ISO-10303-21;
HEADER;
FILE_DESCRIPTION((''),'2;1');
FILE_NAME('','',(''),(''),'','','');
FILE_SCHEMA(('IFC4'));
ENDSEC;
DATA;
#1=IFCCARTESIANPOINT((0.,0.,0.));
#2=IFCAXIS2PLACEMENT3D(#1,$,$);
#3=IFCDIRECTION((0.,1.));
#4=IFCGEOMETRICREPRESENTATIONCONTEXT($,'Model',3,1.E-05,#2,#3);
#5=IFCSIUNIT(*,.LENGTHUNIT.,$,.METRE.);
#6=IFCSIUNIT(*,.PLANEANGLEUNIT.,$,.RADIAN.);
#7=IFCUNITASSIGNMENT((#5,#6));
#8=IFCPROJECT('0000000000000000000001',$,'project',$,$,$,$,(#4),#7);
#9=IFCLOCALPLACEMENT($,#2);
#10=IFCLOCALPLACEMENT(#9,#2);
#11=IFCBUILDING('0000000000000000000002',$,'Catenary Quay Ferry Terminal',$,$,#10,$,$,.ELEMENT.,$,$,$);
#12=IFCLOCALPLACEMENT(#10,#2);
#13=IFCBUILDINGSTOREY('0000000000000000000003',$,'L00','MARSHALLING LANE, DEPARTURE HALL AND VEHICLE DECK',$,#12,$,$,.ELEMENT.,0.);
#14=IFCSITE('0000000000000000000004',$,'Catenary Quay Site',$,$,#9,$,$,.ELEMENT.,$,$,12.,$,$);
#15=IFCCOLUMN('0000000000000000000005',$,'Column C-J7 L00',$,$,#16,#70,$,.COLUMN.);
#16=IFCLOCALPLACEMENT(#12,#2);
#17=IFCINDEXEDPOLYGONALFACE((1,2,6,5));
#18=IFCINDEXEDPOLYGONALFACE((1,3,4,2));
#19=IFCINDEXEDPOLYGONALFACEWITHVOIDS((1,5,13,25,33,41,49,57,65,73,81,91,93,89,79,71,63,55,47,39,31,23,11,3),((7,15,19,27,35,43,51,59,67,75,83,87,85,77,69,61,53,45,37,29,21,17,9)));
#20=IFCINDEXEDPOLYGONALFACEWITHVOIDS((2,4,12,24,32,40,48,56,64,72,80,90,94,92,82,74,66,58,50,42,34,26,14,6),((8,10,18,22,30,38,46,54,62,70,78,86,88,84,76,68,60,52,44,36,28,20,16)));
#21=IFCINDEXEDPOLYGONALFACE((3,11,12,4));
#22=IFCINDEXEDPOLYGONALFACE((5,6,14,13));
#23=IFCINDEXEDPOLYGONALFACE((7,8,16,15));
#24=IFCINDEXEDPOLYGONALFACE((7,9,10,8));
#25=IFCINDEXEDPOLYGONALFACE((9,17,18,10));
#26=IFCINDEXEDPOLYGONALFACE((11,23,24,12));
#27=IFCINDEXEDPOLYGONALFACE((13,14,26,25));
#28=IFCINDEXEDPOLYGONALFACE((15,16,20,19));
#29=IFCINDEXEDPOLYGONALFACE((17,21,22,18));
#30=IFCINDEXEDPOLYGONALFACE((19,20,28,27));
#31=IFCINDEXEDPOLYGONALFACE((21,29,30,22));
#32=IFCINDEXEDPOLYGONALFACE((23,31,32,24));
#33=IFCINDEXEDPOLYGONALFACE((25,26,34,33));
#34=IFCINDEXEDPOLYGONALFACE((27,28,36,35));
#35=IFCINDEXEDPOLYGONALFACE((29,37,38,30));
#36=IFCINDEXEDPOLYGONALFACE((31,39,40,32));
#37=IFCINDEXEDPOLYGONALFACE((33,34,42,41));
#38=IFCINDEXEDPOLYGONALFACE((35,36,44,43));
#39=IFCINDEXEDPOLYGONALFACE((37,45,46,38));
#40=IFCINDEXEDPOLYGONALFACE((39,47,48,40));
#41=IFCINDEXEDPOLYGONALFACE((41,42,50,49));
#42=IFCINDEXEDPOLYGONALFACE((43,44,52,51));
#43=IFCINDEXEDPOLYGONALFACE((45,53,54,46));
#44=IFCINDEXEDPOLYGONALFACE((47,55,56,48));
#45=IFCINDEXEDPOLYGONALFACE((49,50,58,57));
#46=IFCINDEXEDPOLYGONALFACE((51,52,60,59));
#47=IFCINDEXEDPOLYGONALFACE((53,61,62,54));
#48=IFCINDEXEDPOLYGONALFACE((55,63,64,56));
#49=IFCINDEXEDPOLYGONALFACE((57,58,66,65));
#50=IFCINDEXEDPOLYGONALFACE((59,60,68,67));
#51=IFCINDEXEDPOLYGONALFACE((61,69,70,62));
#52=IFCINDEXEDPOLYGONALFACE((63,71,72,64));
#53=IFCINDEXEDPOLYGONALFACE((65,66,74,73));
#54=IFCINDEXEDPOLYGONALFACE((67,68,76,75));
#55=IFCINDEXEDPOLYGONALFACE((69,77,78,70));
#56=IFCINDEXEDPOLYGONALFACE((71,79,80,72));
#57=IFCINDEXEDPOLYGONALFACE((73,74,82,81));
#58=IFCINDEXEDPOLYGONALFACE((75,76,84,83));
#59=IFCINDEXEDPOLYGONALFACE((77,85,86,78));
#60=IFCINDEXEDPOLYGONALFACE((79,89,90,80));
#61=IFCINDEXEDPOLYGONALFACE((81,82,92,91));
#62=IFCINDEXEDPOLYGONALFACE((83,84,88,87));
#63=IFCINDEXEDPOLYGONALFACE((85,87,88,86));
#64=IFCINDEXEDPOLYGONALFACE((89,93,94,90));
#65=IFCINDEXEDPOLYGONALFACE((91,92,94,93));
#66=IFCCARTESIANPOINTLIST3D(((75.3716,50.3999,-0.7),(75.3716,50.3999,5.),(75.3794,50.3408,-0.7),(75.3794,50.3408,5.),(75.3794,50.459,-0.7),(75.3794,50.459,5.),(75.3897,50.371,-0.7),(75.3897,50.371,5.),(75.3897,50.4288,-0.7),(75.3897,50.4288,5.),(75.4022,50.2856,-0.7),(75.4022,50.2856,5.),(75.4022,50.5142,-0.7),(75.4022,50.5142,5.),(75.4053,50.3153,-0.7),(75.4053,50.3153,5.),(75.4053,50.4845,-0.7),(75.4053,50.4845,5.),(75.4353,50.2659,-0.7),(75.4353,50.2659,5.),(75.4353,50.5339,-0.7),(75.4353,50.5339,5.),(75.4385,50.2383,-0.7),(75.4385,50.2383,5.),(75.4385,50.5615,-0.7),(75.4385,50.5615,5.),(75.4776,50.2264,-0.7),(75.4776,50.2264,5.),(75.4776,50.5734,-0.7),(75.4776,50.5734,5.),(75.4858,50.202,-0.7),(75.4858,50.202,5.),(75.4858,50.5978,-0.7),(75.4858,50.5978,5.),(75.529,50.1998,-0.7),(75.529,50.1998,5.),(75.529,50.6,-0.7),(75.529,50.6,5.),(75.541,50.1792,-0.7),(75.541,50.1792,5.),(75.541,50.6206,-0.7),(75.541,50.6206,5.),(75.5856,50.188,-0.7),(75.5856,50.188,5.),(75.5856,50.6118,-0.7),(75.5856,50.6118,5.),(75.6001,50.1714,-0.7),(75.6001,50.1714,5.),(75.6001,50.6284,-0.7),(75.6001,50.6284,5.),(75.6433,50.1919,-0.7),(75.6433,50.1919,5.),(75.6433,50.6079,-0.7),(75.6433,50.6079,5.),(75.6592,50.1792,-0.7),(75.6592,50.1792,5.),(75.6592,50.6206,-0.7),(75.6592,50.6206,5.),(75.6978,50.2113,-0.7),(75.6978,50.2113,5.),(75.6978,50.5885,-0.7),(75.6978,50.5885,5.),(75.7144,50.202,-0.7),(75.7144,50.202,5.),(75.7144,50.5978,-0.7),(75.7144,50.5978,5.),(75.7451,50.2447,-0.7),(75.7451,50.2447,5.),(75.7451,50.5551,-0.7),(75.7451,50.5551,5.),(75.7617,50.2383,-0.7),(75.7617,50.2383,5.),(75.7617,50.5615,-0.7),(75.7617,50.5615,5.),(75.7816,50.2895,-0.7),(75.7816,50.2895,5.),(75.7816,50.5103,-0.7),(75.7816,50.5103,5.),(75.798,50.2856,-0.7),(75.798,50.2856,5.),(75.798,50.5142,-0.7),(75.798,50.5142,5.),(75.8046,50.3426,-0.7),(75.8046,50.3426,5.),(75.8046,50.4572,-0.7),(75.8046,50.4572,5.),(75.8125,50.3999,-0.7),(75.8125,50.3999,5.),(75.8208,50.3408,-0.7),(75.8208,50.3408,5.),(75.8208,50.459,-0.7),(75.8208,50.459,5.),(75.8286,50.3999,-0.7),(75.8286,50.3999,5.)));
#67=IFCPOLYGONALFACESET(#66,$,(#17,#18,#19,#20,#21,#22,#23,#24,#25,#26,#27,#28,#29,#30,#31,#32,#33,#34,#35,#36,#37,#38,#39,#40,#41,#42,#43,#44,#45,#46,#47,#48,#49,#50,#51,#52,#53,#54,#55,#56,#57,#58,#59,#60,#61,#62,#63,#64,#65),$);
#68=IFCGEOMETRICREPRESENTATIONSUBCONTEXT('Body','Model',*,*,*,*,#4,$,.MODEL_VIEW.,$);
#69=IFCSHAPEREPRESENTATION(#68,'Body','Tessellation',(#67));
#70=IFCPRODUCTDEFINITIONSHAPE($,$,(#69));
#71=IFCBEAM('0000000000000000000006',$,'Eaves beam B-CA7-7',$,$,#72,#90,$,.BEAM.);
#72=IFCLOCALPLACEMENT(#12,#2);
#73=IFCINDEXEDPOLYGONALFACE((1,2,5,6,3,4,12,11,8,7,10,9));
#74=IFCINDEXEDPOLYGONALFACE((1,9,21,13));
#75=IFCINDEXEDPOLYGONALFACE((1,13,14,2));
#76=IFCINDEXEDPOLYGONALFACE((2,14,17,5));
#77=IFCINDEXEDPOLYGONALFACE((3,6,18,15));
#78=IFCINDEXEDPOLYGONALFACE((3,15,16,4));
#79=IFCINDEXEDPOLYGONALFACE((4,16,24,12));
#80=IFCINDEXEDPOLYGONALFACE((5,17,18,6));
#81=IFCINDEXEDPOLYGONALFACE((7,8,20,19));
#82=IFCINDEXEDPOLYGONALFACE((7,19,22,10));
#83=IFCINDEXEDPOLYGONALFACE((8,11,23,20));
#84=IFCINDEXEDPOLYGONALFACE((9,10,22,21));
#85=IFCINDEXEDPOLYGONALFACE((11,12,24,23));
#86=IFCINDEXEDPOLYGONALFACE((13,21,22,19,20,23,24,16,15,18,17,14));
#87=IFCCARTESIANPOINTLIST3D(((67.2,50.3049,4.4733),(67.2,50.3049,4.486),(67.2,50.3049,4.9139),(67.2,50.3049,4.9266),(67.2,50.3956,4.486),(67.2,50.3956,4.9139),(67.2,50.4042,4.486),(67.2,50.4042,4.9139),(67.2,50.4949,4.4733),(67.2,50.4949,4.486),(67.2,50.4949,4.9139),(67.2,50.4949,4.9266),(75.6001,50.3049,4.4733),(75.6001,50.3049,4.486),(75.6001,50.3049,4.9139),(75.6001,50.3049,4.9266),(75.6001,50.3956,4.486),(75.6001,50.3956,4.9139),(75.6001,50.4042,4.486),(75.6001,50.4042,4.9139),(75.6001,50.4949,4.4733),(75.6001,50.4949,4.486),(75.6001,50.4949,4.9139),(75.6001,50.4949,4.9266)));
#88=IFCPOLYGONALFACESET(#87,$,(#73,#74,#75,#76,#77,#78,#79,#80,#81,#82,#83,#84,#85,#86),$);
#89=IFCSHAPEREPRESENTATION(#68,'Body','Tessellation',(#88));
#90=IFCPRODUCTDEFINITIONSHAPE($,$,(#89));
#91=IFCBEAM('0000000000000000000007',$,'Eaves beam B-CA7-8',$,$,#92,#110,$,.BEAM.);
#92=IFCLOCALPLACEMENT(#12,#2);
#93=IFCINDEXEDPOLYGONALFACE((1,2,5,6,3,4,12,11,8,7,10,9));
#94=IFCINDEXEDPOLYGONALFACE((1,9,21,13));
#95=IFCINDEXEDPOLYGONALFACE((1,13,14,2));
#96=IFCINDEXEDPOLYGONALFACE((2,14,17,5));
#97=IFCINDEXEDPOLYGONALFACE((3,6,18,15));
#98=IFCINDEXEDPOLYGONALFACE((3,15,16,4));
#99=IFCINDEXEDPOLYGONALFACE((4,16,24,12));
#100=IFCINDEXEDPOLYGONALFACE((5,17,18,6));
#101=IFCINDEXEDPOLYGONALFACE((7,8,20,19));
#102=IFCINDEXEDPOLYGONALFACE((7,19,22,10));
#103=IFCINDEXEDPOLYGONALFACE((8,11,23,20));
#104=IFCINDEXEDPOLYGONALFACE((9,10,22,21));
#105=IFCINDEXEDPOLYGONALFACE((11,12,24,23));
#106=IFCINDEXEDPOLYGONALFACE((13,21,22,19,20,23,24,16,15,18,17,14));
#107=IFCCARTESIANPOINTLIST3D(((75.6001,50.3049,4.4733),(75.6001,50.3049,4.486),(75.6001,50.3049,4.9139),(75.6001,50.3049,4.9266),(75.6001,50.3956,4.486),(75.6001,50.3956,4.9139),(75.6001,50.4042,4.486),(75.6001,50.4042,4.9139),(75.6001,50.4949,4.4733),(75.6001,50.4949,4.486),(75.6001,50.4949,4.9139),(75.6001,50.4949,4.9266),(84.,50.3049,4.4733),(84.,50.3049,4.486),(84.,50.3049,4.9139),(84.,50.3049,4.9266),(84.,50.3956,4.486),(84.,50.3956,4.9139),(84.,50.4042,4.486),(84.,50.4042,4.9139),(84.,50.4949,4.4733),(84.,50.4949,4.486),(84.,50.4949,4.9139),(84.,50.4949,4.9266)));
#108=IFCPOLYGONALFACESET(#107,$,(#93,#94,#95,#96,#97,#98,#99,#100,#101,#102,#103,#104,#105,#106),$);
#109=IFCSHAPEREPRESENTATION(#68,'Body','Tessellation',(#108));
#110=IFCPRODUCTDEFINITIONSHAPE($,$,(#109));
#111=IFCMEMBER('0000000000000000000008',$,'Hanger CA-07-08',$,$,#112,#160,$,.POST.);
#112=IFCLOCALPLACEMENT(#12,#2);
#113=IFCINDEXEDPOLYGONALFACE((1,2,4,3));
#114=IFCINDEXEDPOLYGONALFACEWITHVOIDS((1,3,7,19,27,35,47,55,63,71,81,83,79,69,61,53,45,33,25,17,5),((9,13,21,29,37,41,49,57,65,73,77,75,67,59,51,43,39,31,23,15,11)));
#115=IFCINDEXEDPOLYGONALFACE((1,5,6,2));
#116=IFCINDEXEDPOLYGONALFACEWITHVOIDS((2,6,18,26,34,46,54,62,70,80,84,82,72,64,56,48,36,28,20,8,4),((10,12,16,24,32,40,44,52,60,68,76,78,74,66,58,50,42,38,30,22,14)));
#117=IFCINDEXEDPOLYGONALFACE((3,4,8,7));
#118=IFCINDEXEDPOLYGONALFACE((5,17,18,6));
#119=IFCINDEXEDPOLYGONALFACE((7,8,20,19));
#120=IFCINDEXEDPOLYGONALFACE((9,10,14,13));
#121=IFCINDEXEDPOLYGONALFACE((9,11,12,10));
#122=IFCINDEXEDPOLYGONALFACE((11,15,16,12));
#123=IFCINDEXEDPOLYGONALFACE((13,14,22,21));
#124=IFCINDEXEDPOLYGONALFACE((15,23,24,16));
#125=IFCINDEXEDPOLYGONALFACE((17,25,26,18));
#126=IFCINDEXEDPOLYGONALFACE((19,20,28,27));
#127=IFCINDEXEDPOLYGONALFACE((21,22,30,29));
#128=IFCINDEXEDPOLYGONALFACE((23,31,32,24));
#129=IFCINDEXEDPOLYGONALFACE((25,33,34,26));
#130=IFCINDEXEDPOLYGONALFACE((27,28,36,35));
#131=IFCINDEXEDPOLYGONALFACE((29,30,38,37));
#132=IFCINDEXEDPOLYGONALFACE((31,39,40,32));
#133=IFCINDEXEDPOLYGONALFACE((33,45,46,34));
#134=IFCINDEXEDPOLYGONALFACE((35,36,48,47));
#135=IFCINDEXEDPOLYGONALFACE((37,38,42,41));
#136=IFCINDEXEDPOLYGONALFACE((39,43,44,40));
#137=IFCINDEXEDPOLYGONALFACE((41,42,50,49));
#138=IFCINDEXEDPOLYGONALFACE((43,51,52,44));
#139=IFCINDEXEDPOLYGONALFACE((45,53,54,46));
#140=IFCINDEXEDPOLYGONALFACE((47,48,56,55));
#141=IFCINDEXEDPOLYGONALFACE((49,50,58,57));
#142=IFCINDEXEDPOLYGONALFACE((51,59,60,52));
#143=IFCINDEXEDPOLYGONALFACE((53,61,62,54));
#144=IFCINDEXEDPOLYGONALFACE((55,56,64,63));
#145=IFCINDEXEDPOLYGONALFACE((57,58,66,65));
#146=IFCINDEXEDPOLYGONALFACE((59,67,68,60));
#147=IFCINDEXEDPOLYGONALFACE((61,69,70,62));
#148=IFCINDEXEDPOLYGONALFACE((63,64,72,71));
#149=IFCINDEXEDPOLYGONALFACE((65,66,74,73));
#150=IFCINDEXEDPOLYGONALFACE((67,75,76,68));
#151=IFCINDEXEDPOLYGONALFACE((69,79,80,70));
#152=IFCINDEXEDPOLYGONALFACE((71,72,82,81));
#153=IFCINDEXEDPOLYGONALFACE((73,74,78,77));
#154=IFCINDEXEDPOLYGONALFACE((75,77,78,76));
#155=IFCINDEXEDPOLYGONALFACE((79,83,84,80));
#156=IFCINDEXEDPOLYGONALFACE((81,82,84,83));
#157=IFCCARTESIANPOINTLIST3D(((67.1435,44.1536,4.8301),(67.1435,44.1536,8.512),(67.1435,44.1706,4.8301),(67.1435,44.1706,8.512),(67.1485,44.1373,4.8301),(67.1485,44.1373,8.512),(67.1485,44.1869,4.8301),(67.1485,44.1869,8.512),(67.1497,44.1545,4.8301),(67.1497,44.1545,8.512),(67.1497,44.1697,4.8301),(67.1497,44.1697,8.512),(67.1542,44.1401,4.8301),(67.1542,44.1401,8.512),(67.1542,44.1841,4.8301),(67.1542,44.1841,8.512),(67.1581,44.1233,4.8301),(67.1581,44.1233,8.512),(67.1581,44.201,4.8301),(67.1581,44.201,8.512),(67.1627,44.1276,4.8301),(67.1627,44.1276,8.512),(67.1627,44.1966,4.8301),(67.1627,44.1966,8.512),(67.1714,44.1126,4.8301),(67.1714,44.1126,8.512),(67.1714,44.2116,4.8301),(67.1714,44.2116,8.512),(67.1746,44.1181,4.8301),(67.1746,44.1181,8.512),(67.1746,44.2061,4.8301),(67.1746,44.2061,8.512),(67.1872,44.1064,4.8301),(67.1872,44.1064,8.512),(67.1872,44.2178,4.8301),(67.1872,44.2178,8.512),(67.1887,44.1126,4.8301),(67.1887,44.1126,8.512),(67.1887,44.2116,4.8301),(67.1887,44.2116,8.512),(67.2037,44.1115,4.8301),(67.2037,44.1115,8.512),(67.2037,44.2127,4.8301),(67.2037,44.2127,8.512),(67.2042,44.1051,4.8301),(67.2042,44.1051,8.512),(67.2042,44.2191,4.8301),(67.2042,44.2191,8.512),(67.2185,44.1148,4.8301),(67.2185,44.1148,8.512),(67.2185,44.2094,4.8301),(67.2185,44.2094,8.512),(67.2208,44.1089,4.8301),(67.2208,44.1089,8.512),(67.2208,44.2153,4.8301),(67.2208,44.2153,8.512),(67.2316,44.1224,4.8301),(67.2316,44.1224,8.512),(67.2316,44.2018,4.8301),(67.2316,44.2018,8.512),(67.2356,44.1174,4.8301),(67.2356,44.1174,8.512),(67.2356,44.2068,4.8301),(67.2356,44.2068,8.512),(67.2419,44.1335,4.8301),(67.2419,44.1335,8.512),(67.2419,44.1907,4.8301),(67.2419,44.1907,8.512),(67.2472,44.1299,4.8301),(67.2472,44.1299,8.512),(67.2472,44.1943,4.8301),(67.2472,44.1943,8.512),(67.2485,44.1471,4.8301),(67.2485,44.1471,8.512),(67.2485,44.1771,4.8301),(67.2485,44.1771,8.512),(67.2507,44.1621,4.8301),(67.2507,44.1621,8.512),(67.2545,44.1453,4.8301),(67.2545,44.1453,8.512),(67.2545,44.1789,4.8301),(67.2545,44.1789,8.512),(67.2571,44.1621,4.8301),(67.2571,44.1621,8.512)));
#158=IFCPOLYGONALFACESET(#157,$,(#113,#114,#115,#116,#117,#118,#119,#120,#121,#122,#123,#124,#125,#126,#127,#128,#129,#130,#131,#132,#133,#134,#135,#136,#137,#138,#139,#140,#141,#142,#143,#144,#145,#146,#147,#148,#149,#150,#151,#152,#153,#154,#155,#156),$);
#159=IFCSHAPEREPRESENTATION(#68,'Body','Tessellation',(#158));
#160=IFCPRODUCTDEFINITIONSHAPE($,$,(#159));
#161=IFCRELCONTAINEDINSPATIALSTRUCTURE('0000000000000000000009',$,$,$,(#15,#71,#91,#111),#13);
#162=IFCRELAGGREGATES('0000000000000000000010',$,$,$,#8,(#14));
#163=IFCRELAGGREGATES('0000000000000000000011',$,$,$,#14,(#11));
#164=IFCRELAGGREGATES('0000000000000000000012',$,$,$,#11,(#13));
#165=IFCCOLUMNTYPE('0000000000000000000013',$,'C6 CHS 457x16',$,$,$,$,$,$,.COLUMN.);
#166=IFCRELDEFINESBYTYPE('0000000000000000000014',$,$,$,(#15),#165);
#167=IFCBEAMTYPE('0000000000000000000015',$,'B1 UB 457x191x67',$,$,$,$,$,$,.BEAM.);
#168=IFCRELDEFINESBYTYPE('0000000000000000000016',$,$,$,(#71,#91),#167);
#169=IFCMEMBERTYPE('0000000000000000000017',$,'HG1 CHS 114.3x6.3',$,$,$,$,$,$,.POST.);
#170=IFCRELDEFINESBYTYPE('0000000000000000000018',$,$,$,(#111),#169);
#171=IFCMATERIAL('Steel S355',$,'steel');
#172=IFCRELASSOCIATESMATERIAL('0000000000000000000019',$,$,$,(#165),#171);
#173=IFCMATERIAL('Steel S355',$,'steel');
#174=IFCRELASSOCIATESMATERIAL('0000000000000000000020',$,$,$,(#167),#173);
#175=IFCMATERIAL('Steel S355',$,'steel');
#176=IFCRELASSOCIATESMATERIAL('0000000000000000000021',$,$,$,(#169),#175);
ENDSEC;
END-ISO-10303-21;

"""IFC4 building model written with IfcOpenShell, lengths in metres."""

from ifc_helpers import new_model, si_unit, direction, frame, origin, origin_2d, place, context, subcontext, project, spatial, hollow_circle, i_section, extrude, material, material_profile, profile_set, type_object, element, save


model = new_model("IFC4")

# Units and contexts
model_context = context("Model", 3, precision=1e-05, world=origin(), true_north=direction((0.0, 1.0)))
body_context = subcontext(model_context, "Body", "Model", "MODEL_VIEW")
ifc_project = project(units=[si_unit("LENGTHUNIT", "METRE"), si_unit("PLANEANGLEUNIT", "RADIAN")], contexts=[model_context])

# Site, building, storey
site_placement = place(None, origin())
site = spatial("IfcSite", under=ifc_project, at=site_placement, Name="Catenary Quay Site", CompositionType="ELEMENT", RefElevation=12.0)
building_placement = place(site_placement, origin())
building = spatial("IfcBuilding", under=site, at=building_placement, Name="Catenary Quay Ferry Terminal", CompositionType="ELEMENT")
storey_placement = place(building_placement, origin())
storey = spatial("IfcBuildingStorey", under=building, at=storey_placement, Name="L00", Description="MARSHALLING LANE, DEPARTURE HALL AND VEHICLE DECK", CompositionType="ELEMENT", Elevation=0.0)

# Column
ifc_material_1 = material(Name="Steel S355", Category="steel")
ifc_material_profile_1 = material_profile(ifc_material_1, hollow_circle(Radius=0.2285, WallThickness=0.0161, at=origin_2d()), Name="CHS 457x16")
ifc_profile_set_1 = profile_set([ifc_material_profile_1], Name="Steel S355")
column_type = type_object("IfcColumnType", Name="C6 CHS 457x16", PredefinedType="COLUMN", material=ifc_profile_set_1)
for number, where, z_axis, x_axis, name in (
    (1, (75.6001, 50.3999, -0.7), (0.0, 0.0, 1.0), (1.0, 0.0, 0.0), "Column C-J7 L00"),
):
    element("IfcColumn", number, at=place(storey_placement, frame(where, z_axis=z_axis, x_axis=x_axis)), inside=storey, type_object=column_type, Name=name, PredefinedType="COLUMN", context=body_context, shape_type="SweptSolid", body=[
        extrude(hollow_circle(Radius=0.2285, WallThickness=0.0161, at=origin_2d()), origin(), (0.0, 0.0, 1.0), 5.7),
    ])

# Beams
ifc_material_2 = material(Name="Steel S355", Category="steel")
ifc_material_profile_2 = material_profile(ifc_material_2, i_section(OverallWidth=0.1899, OverallDepth=0.4534, WebThickness=0.0085, FlangeThickness=0.0127, at=origin_2d()), Name="UB 457x191x67")
ifc_profile_set_2 = profile_set([ifc_material_profile_2], Name="Steel S355")
beam_type = type_object("IfcBeamType", Name="B1 UB 457x191x67", PredefinedType="BEAM", material=ifc_profile_set_2)
beam_1_placement = place(storey_placement, frame((67.2, 50.3999, 4.7), z_axis=(1.0, 0.0, 0.0), x_axis=(0.0, 1.0, 0.0)))
element("IfcBeam", 2, at=beam_1_placement, inside=storey, type_object=beam_type, Name="Eaves beam B-CA7-7", PredefinedType="BEAM", context=body_context, shape_type="SweptSolid", body=[
    extrude(i_section(OverallWidth=0.1899, OverallDepth=0.4534, WebThickness=0.0085, FlangeThickness=0.0127, at=origin_2d()), origin(), (0.0, 0.0, 1.0), 8.4001),
])
beam_2_placement = place(storey_placement, frame((75.6001, 50.3999, 4.7), z_axis=(1.0, 0.0, 0.0), x_axis=(0.0, 1.0, 0.0)))
element("IfcBeam", 3, at=beam_2_placement, inside=storey, type_object=beam_type, Name="Eaves beam B-CA7-8", PredefinedType="BEAM", context=body_context, shape_type="SweptSolid", body=[
    extrude(i_section(OverallWidth=0.1899, OverallDepth=0.4534, WebThickness=0.0085, FlangeThickness=0.0127, at=origin_2d()), origin(), (0.0, 0.0, 1.0), 8.3999),
])

# Member
ifc_material_3 = material(Name="Steel S355", Category="steel")
ifc_material_profile_3 = material_profile(ifc_material_3, hollow_circle(Radius=0.0571, WallThickness=0.0063, at=origin_2d()), Name="CHS 114.3x6.3")
ifc_profile_set_3 = profile_set([ifc_material_profile_3], Name="Steel S355")
member_type_1 = type_object("IfcMemberType", Name="HG1 CHS 114.3x6.3", PredefinedType="POST", material=ifc_profile_set_3)
member_1_placement = place(storey_placement, frame((67.2, 44.1621, 4.8301), z_axis=(0.0, 0.0, 1.0), x_axis=(1.0, 0.0, 0.0)))
element("IfcMember", 4, at=member_1_placement, inside=storey, type_object=member_type_1, Name="Hanger CA-07-08", PredefinedType="POST", context=body_context, shape_type="SweptSolid", body=[
    extrude(hollow_circle(Radius=0.0571, WallThickness=0.0063, at=origin_2d()), origin(), (0.0, 0.0, 1.0), 3.6819),
])

save(model, "model.ifc")
